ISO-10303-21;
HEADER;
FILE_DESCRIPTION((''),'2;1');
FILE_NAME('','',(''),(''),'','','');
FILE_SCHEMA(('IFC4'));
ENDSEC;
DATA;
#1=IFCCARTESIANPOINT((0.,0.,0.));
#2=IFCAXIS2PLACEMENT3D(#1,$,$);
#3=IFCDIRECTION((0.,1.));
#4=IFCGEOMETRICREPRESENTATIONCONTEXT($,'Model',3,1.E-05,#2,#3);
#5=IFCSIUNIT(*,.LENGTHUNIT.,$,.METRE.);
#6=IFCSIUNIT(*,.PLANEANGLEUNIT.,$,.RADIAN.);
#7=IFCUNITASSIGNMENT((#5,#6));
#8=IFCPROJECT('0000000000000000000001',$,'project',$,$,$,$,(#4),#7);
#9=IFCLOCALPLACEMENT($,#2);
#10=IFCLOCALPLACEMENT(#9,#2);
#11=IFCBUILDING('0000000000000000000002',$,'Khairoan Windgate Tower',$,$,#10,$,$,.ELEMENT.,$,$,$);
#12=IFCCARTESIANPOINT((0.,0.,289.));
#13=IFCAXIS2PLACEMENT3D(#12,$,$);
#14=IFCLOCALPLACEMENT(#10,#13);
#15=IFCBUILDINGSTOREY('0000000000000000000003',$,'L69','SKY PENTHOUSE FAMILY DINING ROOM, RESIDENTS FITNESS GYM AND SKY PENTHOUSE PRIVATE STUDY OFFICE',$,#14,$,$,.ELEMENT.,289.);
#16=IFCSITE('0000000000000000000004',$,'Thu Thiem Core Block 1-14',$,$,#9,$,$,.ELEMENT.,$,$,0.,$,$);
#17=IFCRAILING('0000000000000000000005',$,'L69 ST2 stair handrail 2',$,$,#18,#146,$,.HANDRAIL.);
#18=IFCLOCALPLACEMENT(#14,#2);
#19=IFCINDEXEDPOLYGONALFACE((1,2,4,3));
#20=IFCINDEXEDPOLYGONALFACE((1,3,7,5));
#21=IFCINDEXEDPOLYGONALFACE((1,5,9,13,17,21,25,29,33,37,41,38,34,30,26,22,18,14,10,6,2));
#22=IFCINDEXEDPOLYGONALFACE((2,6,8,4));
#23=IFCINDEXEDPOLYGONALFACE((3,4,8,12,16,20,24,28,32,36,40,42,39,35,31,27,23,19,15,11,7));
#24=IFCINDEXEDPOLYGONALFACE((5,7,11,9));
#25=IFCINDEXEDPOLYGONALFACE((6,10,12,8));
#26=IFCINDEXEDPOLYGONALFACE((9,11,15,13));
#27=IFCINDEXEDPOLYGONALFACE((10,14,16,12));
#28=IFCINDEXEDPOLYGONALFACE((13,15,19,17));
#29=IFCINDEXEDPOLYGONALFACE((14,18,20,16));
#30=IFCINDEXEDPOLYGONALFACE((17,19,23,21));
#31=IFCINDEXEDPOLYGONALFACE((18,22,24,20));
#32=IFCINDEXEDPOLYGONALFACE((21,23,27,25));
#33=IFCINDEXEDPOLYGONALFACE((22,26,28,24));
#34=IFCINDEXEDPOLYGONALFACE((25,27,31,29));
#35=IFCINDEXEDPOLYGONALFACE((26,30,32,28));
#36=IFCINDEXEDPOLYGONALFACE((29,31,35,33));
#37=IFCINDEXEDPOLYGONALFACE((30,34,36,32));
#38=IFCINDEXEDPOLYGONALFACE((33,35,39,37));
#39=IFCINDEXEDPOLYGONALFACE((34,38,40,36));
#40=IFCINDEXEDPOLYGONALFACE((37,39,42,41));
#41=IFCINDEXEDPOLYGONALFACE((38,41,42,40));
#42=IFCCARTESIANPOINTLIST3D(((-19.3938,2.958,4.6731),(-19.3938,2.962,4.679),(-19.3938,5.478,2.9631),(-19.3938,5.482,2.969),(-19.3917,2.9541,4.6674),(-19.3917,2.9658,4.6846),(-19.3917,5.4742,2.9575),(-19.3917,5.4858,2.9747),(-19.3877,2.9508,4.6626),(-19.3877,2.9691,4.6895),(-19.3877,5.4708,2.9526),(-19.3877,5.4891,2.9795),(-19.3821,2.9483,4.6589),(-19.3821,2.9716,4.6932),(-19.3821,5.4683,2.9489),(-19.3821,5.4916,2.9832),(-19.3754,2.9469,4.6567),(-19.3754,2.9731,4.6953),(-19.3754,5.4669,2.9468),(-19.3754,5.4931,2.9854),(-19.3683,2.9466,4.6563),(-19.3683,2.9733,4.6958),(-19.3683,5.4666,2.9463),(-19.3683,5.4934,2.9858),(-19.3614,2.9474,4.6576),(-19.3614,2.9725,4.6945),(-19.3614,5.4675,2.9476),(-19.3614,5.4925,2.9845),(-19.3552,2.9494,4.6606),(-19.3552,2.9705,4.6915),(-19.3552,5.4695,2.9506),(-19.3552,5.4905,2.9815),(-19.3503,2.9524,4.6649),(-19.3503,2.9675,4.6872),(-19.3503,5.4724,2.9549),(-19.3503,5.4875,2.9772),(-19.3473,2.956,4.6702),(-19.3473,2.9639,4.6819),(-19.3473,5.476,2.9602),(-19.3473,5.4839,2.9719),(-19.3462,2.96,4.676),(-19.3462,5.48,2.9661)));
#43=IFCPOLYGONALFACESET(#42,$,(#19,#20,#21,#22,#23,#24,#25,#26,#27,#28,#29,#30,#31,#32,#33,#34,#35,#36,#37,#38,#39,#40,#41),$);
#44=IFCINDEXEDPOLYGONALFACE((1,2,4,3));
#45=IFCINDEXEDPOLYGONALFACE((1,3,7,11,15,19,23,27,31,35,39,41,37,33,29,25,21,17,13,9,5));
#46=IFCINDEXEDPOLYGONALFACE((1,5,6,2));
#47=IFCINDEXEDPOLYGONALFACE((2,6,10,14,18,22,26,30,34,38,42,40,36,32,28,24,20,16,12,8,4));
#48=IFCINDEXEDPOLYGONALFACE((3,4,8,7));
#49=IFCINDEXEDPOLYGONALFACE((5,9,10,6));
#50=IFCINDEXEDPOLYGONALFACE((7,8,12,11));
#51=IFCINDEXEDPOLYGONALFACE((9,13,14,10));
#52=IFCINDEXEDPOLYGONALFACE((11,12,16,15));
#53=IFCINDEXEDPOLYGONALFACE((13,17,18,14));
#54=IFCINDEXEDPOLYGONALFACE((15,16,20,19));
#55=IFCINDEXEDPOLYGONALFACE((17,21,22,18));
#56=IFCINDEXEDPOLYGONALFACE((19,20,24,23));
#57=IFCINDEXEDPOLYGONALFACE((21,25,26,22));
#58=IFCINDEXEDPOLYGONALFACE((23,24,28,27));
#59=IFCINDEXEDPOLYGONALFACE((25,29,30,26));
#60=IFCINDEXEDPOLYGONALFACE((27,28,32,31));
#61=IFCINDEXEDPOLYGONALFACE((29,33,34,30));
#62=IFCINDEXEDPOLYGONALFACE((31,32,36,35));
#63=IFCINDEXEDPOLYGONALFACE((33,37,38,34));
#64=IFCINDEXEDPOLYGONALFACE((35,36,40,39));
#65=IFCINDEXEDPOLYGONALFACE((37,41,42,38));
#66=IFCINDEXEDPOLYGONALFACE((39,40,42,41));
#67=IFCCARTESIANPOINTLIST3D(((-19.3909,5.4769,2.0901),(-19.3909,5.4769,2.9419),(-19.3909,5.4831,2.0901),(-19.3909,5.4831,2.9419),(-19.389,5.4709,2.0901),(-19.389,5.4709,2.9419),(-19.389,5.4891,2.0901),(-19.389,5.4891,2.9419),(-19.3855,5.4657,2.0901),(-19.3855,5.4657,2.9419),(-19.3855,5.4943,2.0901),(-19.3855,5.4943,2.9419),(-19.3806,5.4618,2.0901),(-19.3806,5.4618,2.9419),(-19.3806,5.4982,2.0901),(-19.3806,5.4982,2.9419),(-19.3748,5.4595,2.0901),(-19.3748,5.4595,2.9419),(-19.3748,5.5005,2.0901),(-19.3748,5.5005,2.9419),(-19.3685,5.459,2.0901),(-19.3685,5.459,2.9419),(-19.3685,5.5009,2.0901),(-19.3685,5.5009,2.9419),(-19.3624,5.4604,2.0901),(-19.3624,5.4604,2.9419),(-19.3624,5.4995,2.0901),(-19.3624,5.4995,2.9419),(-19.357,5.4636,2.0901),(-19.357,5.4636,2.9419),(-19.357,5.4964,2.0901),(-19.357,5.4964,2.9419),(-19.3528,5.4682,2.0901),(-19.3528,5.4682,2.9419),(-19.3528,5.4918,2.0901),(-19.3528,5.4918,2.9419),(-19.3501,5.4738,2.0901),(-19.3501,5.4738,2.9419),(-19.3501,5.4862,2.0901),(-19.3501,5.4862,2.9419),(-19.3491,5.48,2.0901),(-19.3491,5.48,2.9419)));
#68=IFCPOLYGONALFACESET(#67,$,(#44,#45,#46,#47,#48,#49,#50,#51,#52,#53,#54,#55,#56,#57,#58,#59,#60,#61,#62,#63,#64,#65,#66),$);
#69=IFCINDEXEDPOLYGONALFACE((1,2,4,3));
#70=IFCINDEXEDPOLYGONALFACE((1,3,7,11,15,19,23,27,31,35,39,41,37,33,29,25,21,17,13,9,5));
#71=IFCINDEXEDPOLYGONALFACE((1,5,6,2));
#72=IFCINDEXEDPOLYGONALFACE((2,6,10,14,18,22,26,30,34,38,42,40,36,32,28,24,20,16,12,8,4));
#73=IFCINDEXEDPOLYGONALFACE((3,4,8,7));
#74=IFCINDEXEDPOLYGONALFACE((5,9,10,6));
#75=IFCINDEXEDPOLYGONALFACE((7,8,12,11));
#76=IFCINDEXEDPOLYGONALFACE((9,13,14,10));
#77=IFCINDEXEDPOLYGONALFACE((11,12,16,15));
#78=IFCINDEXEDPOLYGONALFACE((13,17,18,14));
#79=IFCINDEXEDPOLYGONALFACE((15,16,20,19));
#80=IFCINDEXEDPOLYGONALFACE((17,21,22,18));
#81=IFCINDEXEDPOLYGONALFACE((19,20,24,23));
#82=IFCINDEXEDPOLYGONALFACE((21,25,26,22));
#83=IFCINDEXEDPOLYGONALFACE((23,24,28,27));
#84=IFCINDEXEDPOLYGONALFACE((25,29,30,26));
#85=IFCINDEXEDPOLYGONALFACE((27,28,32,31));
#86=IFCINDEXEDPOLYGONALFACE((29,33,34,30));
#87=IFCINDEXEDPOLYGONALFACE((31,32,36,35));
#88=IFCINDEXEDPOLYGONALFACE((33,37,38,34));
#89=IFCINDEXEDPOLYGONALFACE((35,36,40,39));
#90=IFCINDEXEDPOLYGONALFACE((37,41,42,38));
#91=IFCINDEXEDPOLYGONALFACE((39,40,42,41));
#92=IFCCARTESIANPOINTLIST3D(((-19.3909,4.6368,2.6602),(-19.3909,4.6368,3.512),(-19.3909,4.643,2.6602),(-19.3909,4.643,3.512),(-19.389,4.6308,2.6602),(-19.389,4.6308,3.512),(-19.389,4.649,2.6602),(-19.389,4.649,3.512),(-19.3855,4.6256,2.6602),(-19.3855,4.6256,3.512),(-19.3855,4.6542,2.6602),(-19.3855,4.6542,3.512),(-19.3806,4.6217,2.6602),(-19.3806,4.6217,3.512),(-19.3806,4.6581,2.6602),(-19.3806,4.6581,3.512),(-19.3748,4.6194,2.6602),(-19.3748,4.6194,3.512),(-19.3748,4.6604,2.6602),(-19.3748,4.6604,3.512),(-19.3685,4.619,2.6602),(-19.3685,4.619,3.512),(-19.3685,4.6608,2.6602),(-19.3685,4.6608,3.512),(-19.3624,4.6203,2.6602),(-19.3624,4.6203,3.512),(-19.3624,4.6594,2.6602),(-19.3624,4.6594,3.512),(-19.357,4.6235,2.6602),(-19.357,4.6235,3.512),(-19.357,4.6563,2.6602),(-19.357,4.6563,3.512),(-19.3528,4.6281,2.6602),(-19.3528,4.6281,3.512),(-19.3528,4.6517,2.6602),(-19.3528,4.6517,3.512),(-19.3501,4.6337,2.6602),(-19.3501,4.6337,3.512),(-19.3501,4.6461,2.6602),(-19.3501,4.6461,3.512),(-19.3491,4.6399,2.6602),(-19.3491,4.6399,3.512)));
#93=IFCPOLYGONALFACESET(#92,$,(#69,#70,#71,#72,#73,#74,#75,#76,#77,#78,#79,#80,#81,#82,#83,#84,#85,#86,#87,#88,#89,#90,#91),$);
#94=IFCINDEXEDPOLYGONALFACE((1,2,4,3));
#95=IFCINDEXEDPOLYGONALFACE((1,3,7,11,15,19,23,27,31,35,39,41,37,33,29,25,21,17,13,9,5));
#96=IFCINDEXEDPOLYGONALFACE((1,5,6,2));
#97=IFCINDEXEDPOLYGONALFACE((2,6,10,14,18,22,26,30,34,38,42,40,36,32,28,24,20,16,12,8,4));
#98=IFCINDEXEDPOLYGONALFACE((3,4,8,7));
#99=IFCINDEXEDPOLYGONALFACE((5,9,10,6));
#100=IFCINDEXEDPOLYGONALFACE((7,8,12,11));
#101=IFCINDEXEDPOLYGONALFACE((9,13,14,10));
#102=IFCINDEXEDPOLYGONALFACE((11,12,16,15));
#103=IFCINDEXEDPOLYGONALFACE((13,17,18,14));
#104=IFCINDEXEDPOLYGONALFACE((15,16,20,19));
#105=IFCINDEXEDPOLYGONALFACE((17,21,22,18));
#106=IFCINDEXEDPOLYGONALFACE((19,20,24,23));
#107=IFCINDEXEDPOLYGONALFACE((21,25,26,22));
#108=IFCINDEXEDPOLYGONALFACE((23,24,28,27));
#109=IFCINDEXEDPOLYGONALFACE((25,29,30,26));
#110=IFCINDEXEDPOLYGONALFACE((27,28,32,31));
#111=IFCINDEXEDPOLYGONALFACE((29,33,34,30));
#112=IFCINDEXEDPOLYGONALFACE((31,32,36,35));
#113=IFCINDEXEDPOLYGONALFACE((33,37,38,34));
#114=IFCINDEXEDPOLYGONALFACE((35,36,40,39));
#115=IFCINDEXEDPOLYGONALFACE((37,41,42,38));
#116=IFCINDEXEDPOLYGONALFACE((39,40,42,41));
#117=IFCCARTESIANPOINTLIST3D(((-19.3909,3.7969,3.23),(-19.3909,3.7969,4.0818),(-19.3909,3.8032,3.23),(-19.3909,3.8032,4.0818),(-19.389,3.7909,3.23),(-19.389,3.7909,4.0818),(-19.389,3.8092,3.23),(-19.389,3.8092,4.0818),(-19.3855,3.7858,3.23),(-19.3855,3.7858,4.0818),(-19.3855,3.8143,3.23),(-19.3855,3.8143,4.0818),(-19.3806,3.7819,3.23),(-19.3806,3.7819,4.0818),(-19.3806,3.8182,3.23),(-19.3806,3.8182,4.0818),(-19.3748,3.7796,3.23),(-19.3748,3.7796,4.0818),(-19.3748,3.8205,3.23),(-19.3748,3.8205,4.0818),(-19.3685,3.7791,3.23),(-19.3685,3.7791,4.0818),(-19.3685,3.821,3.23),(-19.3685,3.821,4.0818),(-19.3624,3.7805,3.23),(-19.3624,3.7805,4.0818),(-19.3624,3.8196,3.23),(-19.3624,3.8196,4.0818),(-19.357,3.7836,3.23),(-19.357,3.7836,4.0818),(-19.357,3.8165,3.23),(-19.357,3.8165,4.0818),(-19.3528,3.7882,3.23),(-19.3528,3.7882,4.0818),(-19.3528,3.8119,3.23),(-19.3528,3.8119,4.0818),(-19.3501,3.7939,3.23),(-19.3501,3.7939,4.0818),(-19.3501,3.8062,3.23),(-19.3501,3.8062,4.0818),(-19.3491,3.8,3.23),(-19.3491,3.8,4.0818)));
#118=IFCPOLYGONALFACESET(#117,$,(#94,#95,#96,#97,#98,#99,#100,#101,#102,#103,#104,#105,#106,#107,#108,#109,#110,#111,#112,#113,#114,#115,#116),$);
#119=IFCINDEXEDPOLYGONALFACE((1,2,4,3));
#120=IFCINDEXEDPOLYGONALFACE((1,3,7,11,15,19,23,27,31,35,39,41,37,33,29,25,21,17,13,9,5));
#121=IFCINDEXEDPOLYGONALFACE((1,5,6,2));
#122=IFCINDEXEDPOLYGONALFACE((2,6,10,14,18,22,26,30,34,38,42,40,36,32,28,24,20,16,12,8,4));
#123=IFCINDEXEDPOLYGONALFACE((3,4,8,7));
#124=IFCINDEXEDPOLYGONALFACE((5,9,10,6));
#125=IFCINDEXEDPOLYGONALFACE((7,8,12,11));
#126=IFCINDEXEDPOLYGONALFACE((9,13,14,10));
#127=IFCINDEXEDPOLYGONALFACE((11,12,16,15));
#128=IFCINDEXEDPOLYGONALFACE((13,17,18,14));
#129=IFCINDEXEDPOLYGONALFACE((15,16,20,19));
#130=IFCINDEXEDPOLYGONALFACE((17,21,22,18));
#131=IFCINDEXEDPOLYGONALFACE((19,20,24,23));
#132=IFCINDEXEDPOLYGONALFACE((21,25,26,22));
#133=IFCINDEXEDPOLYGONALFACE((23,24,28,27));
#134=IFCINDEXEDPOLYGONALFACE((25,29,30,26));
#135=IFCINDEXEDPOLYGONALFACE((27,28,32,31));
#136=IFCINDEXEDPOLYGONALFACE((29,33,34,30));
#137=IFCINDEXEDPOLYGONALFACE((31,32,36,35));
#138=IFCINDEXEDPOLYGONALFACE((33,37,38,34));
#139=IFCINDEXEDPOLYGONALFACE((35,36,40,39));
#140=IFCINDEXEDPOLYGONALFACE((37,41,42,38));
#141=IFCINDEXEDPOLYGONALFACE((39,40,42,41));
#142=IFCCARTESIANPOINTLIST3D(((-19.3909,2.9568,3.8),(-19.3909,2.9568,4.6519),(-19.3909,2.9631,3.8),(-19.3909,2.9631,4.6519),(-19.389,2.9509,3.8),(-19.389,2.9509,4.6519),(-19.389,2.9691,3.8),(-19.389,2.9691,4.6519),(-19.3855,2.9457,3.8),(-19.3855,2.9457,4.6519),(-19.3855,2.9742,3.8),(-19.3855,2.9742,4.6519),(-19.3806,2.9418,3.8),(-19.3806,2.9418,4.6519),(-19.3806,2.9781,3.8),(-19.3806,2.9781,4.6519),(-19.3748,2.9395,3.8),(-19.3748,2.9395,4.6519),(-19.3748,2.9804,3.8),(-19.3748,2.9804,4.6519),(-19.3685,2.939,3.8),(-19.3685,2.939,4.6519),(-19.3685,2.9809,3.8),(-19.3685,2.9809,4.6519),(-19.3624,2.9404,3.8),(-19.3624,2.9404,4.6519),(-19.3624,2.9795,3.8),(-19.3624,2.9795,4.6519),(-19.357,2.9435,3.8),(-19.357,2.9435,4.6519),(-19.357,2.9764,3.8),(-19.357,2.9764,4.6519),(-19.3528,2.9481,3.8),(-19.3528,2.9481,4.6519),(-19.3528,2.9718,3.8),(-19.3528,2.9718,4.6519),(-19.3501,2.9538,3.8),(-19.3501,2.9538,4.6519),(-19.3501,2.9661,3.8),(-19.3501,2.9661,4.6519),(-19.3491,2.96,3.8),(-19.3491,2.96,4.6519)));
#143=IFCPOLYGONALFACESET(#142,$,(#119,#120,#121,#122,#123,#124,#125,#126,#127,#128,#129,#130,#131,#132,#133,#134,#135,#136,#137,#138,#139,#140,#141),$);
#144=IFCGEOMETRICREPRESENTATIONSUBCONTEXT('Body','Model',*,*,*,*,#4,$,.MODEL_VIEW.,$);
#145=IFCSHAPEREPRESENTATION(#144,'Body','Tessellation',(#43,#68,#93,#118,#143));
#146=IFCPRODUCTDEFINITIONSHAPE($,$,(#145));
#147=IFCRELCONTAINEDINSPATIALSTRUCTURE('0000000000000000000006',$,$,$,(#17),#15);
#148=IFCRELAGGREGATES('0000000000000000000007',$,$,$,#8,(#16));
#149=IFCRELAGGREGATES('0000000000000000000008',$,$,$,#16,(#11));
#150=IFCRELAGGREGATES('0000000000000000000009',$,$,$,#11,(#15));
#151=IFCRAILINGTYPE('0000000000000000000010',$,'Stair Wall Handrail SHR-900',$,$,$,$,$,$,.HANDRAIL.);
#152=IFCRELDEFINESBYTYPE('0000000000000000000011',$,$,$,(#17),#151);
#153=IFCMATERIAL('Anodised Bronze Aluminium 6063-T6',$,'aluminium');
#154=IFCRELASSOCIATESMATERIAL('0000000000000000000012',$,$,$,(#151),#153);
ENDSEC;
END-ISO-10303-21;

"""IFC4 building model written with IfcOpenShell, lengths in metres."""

from ifc_helpers import new_model, si_unit, direction, frame, origin, origin_2d, place, context, subcontext, project, spatial, circle, extrude, material, type_object, element, save


model = new_model("IFC4")

# Units and contexts
model_context = context("Model", 3, precision=1e-05, world=origin(), true_north=direction((0.0, 1.0)))
body_context = subcontext(model_context, "Body", "Model", "MODEL_VIEW")
ifc_project = project(units=[si_unit("LENGTHUNIT", "METRE"), si_unit("PLANEANGLEUNIT", "RADIAN")], contexts=[model_context])

# Site, building, storey
site_placement = place(None, origin())
site = spatial("IfcSite", under=ifc_project, at=site_placement, Name="Thu Thiem Core Block 1-14", CompositionType="ELEMENT", RefElevation=0.0)
building_placement = place(site_placement, origin())
building = spatial("IfcBuilding", under=site, at=building_placement, Name="Khairoan Windgate Tower", CompositionType="ELEMENT")
storey_placement = place(building_placement, frame((0.0, 0.0, 289.0)))
storey = spatial("IfcBuildingStorey", under=building, at=storey_placement, Name="L69", Description="SKY PENTHOUSE FAMILY DINING ROOM, RESIDENTS FITNESS GYM AND SKY PENTHOUSE PRIVATE STUDY OFFICE", CompositionType="ELEMENT", Elevation=289.0)

# Railing
ifc_material_1 = material(Name="Anodised Bronze Aluminium 6063-T6", Category="aluminium")
railing_type_1 = type_object("IfcRailingType", Name="Stair Wall Handrail SHR-900", PredefinedType="HANDRAIL", material=ifc_material_1)
railing_1_placement = place(storey_placement, frame((-19.3701, 5.48, 2.0901)))
element("IfcRailing", 1, at=railing_1_placement, inside=storey, type_object=railing_type_1, Name="L69 ST2 stair handrail 2", PredefinedType="HANDRAIL", context=body_context, shape_type="SweptSolid", body=[
    extrude(circle(Radius=0.0239, at=origin_2d()), frame((0.0, 0.0, 0.876), z_axis=(0.0, -0.827484, 0.56149), x_axis=(1.0, 0.0, 0.0)), (0.0, 0.0, 1.0), 3.0454),
    extrude(circle(Radius=0.021, at=origin_2d()), origin(), (0.0, 0.0, 1.0), 0.8518),
    extrude(circle(Radius=0.021, at=origin_2d()), frame((0.0, -0.8401, 0.5701)), (0.0, 0.0, 1.0), 0.8518),
    extrude(circle(Radius=0.021, at=origin_2d()), frame((0.0, -1.6799, 1.1399)), (0.0, 0.0, 1.0), 0.8518),
    extrude(circle(Radius=0.021, at=origin_2d()), frame((0.0, -2.52, 1.71)), (0.0, 0.0, 1.0), 0.8518),
])

save(model, "model.ifc")
